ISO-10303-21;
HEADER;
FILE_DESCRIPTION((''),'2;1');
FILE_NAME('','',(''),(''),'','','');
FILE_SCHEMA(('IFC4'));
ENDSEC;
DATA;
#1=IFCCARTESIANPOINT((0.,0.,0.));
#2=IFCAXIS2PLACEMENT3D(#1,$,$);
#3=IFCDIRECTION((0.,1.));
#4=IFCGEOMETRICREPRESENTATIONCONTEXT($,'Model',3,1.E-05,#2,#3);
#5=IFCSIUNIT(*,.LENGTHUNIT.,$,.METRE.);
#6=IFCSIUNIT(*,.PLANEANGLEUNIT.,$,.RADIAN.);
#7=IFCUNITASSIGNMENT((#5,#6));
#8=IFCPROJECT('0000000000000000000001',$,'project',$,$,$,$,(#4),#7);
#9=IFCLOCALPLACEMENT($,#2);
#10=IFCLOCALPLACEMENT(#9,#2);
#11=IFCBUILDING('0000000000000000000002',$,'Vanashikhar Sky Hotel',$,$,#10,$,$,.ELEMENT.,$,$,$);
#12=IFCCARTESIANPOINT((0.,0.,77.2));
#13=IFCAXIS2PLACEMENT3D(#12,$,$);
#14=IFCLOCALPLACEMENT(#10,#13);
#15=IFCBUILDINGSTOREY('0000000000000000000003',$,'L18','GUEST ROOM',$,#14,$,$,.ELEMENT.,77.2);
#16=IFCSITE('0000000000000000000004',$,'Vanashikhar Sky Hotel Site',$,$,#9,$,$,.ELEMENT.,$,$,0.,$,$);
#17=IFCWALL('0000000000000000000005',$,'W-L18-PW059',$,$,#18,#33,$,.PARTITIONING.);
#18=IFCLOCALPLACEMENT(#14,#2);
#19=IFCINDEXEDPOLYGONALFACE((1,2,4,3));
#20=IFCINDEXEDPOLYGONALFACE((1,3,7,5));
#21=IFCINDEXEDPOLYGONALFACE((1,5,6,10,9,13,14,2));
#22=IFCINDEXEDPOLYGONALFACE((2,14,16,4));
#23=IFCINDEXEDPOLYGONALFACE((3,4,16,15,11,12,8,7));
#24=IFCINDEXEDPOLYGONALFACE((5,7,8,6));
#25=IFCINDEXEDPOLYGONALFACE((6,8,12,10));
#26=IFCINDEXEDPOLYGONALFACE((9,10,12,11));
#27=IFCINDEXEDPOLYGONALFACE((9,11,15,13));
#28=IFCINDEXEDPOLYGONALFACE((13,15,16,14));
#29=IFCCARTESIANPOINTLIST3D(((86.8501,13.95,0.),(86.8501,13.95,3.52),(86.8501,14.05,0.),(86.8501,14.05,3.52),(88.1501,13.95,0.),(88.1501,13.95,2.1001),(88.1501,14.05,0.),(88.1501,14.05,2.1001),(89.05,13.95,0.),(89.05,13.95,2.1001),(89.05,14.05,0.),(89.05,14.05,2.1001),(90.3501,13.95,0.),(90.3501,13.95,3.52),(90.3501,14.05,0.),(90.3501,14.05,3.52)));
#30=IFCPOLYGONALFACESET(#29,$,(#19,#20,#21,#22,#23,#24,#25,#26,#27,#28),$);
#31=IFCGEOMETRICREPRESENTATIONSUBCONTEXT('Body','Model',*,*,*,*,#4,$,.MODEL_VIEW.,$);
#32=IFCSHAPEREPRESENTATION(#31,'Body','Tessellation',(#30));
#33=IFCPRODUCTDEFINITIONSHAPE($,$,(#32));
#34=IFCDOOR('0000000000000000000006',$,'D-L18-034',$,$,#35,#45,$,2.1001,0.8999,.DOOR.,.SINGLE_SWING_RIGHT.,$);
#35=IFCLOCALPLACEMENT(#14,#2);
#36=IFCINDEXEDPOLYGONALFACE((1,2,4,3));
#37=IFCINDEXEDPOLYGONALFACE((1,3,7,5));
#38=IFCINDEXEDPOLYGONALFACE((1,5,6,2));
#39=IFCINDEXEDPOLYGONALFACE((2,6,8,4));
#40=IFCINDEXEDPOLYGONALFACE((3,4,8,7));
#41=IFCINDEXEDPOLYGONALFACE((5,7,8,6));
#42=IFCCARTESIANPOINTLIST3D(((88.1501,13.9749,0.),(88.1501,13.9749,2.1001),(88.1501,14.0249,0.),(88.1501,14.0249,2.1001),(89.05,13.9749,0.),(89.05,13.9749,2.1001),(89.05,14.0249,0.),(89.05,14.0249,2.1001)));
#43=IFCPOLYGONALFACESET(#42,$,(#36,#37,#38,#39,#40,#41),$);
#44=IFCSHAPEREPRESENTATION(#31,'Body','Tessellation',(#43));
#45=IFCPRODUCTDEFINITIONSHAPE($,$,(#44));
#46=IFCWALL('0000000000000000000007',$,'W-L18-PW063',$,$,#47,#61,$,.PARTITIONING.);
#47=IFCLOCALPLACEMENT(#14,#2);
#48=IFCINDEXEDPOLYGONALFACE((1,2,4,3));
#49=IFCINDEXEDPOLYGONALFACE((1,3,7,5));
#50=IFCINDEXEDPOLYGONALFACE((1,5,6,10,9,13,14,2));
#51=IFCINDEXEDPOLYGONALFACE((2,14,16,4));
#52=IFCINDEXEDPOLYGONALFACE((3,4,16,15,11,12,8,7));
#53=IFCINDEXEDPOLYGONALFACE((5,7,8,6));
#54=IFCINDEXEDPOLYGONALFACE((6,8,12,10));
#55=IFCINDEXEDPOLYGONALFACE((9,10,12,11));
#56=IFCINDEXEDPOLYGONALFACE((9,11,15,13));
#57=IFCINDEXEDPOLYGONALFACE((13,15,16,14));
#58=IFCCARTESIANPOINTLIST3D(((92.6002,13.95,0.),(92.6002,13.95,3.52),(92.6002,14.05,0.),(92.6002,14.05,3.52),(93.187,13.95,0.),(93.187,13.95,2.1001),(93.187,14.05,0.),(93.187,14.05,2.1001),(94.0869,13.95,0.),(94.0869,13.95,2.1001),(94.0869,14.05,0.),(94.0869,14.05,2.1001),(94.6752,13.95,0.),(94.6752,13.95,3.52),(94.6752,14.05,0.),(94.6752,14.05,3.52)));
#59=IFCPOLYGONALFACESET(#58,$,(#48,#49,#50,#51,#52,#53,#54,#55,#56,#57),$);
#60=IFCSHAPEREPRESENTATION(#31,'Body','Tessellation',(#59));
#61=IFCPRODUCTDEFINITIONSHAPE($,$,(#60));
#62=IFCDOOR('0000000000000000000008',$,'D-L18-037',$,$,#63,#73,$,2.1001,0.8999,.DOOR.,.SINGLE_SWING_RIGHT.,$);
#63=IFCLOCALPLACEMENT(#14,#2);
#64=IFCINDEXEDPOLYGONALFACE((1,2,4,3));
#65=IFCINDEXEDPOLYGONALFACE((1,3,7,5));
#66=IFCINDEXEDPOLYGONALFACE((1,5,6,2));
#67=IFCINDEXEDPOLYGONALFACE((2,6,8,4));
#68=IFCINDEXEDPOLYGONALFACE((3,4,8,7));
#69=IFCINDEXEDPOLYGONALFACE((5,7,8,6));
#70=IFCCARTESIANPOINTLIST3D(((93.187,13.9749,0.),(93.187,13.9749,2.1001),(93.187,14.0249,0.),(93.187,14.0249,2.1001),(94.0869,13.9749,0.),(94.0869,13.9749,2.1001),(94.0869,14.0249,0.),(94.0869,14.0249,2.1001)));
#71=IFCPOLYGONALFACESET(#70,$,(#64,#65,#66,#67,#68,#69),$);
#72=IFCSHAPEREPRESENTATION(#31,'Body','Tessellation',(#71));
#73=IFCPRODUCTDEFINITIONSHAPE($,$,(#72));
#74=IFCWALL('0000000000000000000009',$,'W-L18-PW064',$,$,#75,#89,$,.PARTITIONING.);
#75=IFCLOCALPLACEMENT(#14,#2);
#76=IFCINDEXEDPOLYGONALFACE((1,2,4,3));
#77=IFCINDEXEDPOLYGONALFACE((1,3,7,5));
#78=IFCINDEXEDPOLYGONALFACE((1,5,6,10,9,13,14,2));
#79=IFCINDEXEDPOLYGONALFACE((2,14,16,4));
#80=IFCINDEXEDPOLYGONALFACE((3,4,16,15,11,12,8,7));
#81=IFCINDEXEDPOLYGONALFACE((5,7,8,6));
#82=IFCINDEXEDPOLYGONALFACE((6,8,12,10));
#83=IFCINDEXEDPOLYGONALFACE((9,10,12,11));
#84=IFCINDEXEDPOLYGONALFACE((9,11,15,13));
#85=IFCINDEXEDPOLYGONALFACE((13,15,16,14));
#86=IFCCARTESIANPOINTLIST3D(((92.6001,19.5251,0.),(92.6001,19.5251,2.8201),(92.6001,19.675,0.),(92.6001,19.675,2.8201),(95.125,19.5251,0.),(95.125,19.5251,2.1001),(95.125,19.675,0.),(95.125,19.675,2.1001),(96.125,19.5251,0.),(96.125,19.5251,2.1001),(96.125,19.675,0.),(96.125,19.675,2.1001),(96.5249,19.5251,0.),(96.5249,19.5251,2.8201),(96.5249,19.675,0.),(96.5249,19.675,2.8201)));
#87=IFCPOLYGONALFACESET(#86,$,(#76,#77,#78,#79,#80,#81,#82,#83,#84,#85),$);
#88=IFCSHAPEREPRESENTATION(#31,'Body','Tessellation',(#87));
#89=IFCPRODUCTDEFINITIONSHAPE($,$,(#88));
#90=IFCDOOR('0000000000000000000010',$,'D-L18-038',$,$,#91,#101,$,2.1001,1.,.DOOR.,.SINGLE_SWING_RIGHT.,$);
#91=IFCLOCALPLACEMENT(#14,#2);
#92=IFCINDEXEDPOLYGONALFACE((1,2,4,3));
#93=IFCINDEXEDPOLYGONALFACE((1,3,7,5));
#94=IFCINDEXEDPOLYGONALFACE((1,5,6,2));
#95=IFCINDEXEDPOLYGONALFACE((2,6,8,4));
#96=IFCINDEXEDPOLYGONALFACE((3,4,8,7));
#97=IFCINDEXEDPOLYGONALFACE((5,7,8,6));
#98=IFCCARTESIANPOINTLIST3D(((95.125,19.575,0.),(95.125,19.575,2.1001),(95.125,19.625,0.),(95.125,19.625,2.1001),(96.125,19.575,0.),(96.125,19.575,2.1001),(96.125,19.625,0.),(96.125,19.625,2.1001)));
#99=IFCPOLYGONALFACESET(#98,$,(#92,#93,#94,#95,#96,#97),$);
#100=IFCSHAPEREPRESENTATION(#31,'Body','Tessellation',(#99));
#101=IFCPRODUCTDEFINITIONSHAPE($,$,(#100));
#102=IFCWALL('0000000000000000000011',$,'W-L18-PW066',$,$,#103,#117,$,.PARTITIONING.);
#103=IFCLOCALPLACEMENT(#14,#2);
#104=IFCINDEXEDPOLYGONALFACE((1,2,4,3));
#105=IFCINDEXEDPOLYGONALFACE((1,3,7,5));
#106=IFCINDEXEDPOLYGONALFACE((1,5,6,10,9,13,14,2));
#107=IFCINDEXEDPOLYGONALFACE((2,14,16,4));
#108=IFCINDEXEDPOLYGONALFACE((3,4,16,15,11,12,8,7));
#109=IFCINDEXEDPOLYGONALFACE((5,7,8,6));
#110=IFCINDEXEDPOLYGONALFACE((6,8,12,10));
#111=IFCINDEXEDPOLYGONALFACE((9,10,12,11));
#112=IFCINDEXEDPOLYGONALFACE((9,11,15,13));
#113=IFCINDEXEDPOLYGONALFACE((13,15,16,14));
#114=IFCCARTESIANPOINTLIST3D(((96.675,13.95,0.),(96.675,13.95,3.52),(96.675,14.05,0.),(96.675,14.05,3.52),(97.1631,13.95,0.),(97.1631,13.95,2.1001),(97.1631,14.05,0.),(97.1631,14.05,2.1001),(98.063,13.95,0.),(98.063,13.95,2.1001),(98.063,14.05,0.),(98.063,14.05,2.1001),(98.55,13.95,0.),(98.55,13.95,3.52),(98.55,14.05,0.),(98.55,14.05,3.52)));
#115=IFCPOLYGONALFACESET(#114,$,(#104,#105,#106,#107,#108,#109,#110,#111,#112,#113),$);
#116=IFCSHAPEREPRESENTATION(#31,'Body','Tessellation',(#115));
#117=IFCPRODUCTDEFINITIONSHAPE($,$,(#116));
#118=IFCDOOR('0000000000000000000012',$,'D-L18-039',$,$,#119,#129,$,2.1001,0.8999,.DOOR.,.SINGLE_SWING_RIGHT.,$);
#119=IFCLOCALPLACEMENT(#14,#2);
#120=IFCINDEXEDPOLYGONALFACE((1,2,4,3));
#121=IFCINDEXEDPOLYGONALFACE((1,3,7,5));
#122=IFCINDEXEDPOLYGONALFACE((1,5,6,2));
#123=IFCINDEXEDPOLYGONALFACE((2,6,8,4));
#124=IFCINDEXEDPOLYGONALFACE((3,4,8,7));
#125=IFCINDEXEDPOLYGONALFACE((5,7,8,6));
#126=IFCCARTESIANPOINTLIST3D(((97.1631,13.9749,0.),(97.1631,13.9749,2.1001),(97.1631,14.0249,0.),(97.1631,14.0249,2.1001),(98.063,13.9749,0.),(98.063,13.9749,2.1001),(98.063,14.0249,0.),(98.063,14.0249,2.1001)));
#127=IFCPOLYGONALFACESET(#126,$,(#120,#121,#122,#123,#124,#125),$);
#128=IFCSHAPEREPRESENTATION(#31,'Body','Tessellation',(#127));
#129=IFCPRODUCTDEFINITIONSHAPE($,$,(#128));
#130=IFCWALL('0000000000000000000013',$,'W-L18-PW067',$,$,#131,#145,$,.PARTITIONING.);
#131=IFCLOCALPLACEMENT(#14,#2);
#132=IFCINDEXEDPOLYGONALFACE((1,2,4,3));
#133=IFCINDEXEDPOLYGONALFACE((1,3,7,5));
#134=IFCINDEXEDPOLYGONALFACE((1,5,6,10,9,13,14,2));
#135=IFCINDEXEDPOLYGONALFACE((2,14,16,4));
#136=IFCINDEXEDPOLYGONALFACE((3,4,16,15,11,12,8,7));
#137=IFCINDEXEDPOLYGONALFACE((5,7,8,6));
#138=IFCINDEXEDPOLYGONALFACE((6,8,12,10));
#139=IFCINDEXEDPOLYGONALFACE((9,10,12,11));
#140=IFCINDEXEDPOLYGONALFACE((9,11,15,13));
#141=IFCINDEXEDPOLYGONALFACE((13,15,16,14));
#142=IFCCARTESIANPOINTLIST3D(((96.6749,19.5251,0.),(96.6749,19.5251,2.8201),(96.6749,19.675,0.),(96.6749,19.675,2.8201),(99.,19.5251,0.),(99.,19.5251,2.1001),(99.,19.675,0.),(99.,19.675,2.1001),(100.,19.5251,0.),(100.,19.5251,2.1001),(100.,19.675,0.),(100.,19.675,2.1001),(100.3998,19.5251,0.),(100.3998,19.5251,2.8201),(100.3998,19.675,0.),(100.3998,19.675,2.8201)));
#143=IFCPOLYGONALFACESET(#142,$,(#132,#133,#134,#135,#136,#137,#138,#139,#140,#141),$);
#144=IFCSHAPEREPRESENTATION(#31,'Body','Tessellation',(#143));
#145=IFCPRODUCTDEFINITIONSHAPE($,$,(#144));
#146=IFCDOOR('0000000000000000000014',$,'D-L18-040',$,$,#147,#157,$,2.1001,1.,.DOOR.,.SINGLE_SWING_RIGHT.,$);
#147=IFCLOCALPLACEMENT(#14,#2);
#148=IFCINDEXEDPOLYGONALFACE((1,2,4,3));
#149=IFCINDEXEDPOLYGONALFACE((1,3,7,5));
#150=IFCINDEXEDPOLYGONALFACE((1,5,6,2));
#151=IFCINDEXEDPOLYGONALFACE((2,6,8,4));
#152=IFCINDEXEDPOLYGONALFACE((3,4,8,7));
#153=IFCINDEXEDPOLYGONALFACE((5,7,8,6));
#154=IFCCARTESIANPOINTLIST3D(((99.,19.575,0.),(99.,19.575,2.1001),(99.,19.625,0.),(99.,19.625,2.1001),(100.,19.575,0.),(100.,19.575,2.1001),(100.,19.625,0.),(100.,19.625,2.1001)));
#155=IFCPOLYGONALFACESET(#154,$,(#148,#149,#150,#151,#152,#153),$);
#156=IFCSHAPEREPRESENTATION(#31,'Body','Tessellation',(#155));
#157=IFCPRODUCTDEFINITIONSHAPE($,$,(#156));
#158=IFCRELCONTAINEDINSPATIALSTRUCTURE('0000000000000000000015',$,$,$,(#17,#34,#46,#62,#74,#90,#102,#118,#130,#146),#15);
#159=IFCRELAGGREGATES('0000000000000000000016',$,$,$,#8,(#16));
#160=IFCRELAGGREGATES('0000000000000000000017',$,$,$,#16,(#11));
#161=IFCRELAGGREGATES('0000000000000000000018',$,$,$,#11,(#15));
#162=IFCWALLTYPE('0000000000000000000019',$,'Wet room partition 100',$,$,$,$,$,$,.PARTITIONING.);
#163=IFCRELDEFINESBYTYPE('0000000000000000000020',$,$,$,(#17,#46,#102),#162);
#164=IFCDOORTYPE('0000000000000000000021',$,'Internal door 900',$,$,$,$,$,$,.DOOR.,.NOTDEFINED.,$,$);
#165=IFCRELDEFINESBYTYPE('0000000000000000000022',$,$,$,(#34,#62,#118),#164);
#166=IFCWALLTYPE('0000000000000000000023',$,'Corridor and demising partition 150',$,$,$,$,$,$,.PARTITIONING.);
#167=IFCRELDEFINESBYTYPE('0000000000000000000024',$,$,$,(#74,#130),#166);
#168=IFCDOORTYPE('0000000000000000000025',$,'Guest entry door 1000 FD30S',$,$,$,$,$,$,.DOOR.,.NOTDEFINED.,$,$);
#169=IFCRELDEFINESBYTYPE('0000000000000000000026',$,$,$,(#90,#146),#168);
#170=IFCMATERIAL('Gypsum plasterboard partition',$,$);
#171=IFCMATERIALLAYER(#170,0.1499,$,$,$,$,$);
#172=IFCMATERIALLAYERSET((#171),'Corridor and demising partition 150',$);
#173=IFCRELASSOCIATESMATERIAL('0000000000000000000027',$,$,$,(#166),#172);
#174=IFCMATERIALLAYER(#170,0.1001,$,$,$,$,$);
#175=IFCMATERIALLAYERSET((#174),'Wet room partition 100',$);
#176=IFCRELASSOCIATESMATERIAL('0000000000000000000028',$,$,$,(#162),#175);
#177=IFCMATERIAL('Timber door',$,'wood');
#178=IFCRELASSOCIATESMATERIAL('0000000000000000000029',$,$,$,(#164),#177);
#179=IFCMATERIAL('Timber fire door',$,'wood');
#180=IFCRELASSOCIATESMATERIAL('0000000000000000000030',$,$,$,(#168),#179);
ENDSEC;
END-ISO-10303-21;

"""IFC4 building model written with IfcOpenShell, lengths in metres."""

from ifc_helpers import new_model, si_unit, direction, frame, frame_2d, origin, place, context, subcontext, project, spatial, rectangle, extrude, source, transform, mapped, material, layer, layer_set, type_object, element, fill, save


model = new_model("IFC4")

# Units and contexts
model_context = context("Model", 3, precision=1e-05, world=origin(), true_north=direction((0.0, 1.0)))
body_context = subcontext(model_context, "Body", "Model", "MODEL_VIEW")
ifc_project = project(units=[si_unit("LENGTHUNIT", "METRE"), si_unit("PLANEANGLEUNIT", "RADIAN")], contexts=[model_context])

# Site, building, storey
site_placement = place(None, origin())
site = spatial("IfcSite", under=ifc_project, at=site_placement, Name="Vanashikhar Sky Hotel Site", CompositionType="ELEMENT", RefElevation=0.0)
building_placement = place(site_placement, origin())
building = spatial("IfcBuilding", under=site, at=building_placement, Name="Vanashikhar Sky Hotel", CompositionType="ELEMENT")
storey_placement = place(building_placement, frame((0.0, 0.0, 77.2)))
storey = spatial("IfcBuildingStorey", under=building, at=storey_placement, Name="L18", Description="GUEST ROOM", CompositionType="ELEMENT", Elevation=77.2)

# Shared definitions
ifc_material_1 = material(Name="Gypsum plasterboard partition")
ifc_layer_1 = layer(ifc_material_1, 0.1499)
ifc_layer_set_1 = layer_set([ifc_layer_1], Name="Corridor and demising partition 150")
wall_type_1 = type_object("IfcWallType", Name="Corridor and demising partition 150", PredefinedType="PARTITIONING", material=ifc_layer_set_1)

# Walls, openings, doors
ifc_layer_2 = layer(ifc_material_1, 0.1001)
ifc_layer_set_2 = layer_set([ifc_layer_2], Name="Wet room partition 100")
wall_type_2 = type_object("IfcWallType", Name="Wet room partition 100", PredefinedType="PARTITIONING", material=ifc_layer_set_2)
shared_shape_1 = source(origin(), body_context, "Body", "SweptSolid", [
    extrude(rectangle(XDim=3.5, YDim=0.1001, at=frame_2d((1.75, 0.0))), origin(), (0.0, 0.0, 1.0), 3.52),
])
wall_1_placement = place(storey_placement, frame((86.8501, 14.0, 0.0), z_axis=(0.0, 0.0, 1.0), x_axis=(1.0, 0.0, 0.0)))
wall_1 = element("IfcWall", 1, at=wall_1_placement, inside=storey, type_object=wall_type_2, Name="W-L18-PW059", PredefinedType="PARTITIONING", context=body_context, shape_type="MappedRepresentation", body=[
    mapped(shared_shape_1, transform((0.0, 0.0, 0.0), scale=1.0)),
])
shared_shape_2 = source(origin(), body_context, "Body", "SweptSolid", [
    extrude(rectangle(XDim=0.8999, YDim=2.1001, at=frame_2d((0.45, 1.05))), frame((0.0, 0.0601, 0.0), z_axis=(0.0, -1.0, 0.0), x_axis=(1.0, 0.0, 0.0)), (0.0, 0.0, 1.0), 0.1201),
])
opening_1_placement = place(wall_1_placement, frame((1.3, 0.0, 0.0)))
opening_1 = element("IfcOpeningElement", 2, at=opening_1_placement, cuts=wall_1, PredefinedType="OPENING", context=body_context, shape_type="MappedRepresentation", body=[
    mapped(shared_shape_2, transform((0.0, 0.0, 0.0), scale=1.0)),
])
ifc_material_2 = material(Name="Timber door", Category="wood")
door_type_1 = type_object("IfcDoorType", Name="Internal door 900", OperationType="NOTDEFINED", PredefinedType="DOOR", material=ifc_material_2)
shared_shape_3 = source(origin(), body_context, "Body", "SweptSolid", [
    extrude(rectangle(XDim=0.8999, YDim=2.1001, at=frame_2d((0.45, 1.05))), frame((0.0, 0.0249, 0.0), z_axis=(0.0, -1.0, 0.0), x_axis=(1.0, 0.0, 0.0)), (0.0, 0.0, 1.0), 0.05),
])
door_1_placement = place(opening_1_placement, origin())
door_1 = element("IfcDoor", 3, at=door_1_placement, inside=storey, type_object=door_type_1, Name="D-L18-034", OperationType="SINGLE_SWING_RIGHT", OverallHeight=2.1001, OverallWidth=0.8999, PredefinedType="DOOR", context=body_context, shape_type="MappedRepresentation", body=[
    mapped(shared_shape_3, transform((0.0, 0.0, 0.0), scale=1.0)),
])
fill(opening_1, door_1)
shared_shape_4 = source(origin(), body_context, "Body", "SweptSolid", [
    extrude(rectangle(XDim=2.075, YDim=0.1001, at=frame_2d((1.0376, 0.0))), origin(), (0.0, 0.0, 1.0), 3.52),
])
wall_2_placement = place(storey_placement, frame((92.6001, 14.0, 0.0), z_axis=(0.0, 0.0, 1.0), x_axis=(1.0, 0.0, 0.0)))
wall_2 = element("IfcWall", 4, at=wall_2_placement, inside=storey, type_object=wall_type_2, Name="W-L18-PW063", PredefinedType="PARTITIONING", context=body_context, shape_type="MappedRepresentation", body=[
    mapped(shared_shape_4, transform((0.0, 0.0, 0.0), scale=1.0)),
])
opening_2_placement = place(wall_2_placement, frame((0.5869, 0.0, 0.0)))
opening_2 = element("IfcOpeningElement", 5, at=opening_2_placement, cuts=wall_2, PredefinedType="OPENING", context=body_context, shape_type="MappedRepresentation", body=[
    mapped(shared_shape_2, transform((0.0, 0.0, 0.0), scale=1.0)),
])
door_2_placement = place(opening_2_placement, origin())
door_2 = element("IfcDoor", 6, at=door_2_placement, inside=storey, type_object=door_type_1, Name="D-L18-037", OperationType="SINGLE_SWING_RIGHT", OverallHeight=2.1001, OverallWidth=0.8999, PredefinedType="DOOR", context=body_context, shape_type="MappedRepresentation", body=[
    mapped(shared_shape_3, transform((0.0, 0.0, 0.0), scale=1.0)),
])
fill(opening_2, door_2)
shared_shape_5 = source(origin(), body_context, "Body", "SweptSolid", [
    extrude(rectangle(XDim=3.9248, YDim=0.1499, at=frame_2d((1.9624, 0.0))), origin(), (0.0, 0.0, 1.0), 2.8201),
])
wall_3_placement = place(storey_placement, frame((92.6001, 19.6001, 0.0), z_axis=(0.0, 0.0, 1.0), x_axis=(1.0, 0.0, 0.0)))
wall_3 = element("IfcWall", 7, at=wall_3_placement, inside=storey, type_object=wall_type_1, Name="W-L18-PW064", PredefinedType="PARTITIONING", context=body_context, shape_type="MappedRepresentation", body=[
    mapped(shared_shape_5, transform((0.0, 0.0, 0.0), scale=1.0)),
])
shared_shape_6 = source(origin(), body_context, "Body", "SweptSolid", [
    extrude(rectangle(XDim=1.0, YDim=2.1001, at=frame_2d((0.5, 1.05))), frame((0.0, 0.085, 0.0), z_axis=(0.0, -1.0, 0.0), x_axis=(1.0, 0.0, 0.0)), (0.0, 0.0, 1.0), 0.1699),
])
opening_3_placement = place(wall_3_placement, frame((2.5249, 0.0, 0.0)))
opening_3 = element("IfcOpeningElement", 8, at=opening_3_placement, cuts=wall_3, PredefinedType="OPENING", context=body_context, shape_type="MappedRepresentation", body=[
    mapped(shared_shape_6, transform((0.0, 0.0, 0.0), scale=1.0)),
])
ifc_material_3 = material(Name="Timber fire door", Category="wood")
door_type_2 = type_object("IfcDoorType", Name="Guest entry door 1000 FD30S", OperationType="NOTDEFINED", PredefinedType="DOOR", material=ifc_material_3)
shared_shape_7 = source(origin(), body_context, "Body", "SweptSolid", [
    extrude(rectangle(XDim=1.0, YDim=2.1001, at=frame_2d((0.5, 1.05))), frame((0.0, 0.0249, 0.0), z_axis=(0.0, -1.0, 0.0), x_axis=(1.0, 0.0, 0.0)), (0.0, 0.0, 1.0), 0.05),
])
door_3_placement = place(opening_3_placement, origin())
door_3 = element("IfcDoor", 9, at=door_3_placement, inside=storey, type_object=door_type_2, Name="D-L18-038", OperationType="SINGLE_SWING_RIGHT", OverallHeight=2.1001, OverallWidth=1.0, PredefinedType="DOOR", context=body_context, shape_type="MappedRepresentation", body=[
    mapped(shared_shape_7, transform((0.0, 0.0, 0.0), scale=1.0)),
])
fill(opening_3, door_3)
shared_shape_8 = source(origin(), body_context, "Body", "SweptSolid", [
    extrude(rectangle(XDim=1.875, YDim=0.1001, at=frame_2d((0.9375, 0.0))), origin(), (0.0, 0.0, 1.0), 3.52),
])
wall_4_placement = place(storey_placement, frame((96.675, 14.0, 0.0), z_axis=(0.0, 0.0, 1.0), x_axis=(1.0, 0.0, 0.0)))
wall_4 = element("IfcWall", 10, at=wall_4_placement, inside=storey, type_object=wall_type_2, Name="W-L18-PW066", PredefinedType="PARTITIONING", context=body_context, shape_type="MappedRepresentation", body=[
    mapped(shared_shape_8, transform((0.0, 0.0, 0.0), scale=1.0)),
])
opening_4_placement = place(wall_4_placement, frame((0.488, 0.0, 0.0)))
opening_4 = element("IfcOpeningElement", 11, at=opening_4_placement, cuts=wall_4, PredefinedType="OPENING", context=body_context, shape_type="MappedRepresentation", body=[
    mapped(shared_shape_2, transform((0.0, 0.0, 0.0), scale=1.0)),
])
door_4_placement = place(opening_4_placement, origin())
door_4 = element("IfcDoor", 12, at=door_4_placement, inside=storey, type_object=door_type_1, Name="D-L18-039", OperationType="SINGLE_SWING_RIGHT", OverallHeight=2.1001, OverallWidth=0.8999, PredefinedType="DOOR", context=body_context, shape_type="MappedRepresentation", body=[
    mapped(shared_shape_3, transform((0.0, 0.0, 0.0), scale=1.0)),
])
fill(opening_4, door_4)
shared_shape_9 = source(origin(), body_context, "Body", "SweptSolid", [
    extrude(rectangle(XDim=3.7249, YDim=0.1499, at=frame_2d((1.8623, 0.0))), origin(), (0.0, 0.0, 1.0), 2.8201),
])
wall_5_placement = place(storey_placement, frame((96.675, 19.6001, 0.0), z_axis=(0.0, 0.0, 1.0), x_axis=(1.0, 0.0, 0.0)))
wall_5 = element("IfcWall", 13, at=wall_5_placement, inside=storey, type_object=wall_type_1, Name="W-L18-PW067", PredefinedType="PARTITIONING", context=body_context, shape_type="MappedRepresentation", body=[
    mapped(shared_shape_9, transform((0.0, 0.0, 0.0), scale=1.0)),
])
opening_5_placement = place(wall_5_placement, frame((2.325, 0.0, 0.0)))
opening_5 = element("IfcOpeningElement", 14, at=opening_5_placement, cuts=wall_5, PredefinedType="OPENING", context=body_context, shape_type="MappedRepresentation", body=[
    mapped(shared_shape_6, transform((0.0, 0.0, 0.0), scale=1.0)),
])
door_5_placement = place(opening_5_placement, origin())
door_5 = element("IfcDoor", 15, at=door_5_placement, inside=storey, type_object=door_type_2, Name="D-L18-040", OperationType="SINGLE_SWING_RIGHT", OverallHeight=2.1001, OverallWidth=1.0, PredefinedType="DOOR", context=body_context, shape_type="MappedRepresentation", body=[
    mapped(shared_shape_7, transform((0.0, 0.0, 0.0), scale=1.0)),
])
fill(opening_5, door_5)

save(model, "model.ifc")
